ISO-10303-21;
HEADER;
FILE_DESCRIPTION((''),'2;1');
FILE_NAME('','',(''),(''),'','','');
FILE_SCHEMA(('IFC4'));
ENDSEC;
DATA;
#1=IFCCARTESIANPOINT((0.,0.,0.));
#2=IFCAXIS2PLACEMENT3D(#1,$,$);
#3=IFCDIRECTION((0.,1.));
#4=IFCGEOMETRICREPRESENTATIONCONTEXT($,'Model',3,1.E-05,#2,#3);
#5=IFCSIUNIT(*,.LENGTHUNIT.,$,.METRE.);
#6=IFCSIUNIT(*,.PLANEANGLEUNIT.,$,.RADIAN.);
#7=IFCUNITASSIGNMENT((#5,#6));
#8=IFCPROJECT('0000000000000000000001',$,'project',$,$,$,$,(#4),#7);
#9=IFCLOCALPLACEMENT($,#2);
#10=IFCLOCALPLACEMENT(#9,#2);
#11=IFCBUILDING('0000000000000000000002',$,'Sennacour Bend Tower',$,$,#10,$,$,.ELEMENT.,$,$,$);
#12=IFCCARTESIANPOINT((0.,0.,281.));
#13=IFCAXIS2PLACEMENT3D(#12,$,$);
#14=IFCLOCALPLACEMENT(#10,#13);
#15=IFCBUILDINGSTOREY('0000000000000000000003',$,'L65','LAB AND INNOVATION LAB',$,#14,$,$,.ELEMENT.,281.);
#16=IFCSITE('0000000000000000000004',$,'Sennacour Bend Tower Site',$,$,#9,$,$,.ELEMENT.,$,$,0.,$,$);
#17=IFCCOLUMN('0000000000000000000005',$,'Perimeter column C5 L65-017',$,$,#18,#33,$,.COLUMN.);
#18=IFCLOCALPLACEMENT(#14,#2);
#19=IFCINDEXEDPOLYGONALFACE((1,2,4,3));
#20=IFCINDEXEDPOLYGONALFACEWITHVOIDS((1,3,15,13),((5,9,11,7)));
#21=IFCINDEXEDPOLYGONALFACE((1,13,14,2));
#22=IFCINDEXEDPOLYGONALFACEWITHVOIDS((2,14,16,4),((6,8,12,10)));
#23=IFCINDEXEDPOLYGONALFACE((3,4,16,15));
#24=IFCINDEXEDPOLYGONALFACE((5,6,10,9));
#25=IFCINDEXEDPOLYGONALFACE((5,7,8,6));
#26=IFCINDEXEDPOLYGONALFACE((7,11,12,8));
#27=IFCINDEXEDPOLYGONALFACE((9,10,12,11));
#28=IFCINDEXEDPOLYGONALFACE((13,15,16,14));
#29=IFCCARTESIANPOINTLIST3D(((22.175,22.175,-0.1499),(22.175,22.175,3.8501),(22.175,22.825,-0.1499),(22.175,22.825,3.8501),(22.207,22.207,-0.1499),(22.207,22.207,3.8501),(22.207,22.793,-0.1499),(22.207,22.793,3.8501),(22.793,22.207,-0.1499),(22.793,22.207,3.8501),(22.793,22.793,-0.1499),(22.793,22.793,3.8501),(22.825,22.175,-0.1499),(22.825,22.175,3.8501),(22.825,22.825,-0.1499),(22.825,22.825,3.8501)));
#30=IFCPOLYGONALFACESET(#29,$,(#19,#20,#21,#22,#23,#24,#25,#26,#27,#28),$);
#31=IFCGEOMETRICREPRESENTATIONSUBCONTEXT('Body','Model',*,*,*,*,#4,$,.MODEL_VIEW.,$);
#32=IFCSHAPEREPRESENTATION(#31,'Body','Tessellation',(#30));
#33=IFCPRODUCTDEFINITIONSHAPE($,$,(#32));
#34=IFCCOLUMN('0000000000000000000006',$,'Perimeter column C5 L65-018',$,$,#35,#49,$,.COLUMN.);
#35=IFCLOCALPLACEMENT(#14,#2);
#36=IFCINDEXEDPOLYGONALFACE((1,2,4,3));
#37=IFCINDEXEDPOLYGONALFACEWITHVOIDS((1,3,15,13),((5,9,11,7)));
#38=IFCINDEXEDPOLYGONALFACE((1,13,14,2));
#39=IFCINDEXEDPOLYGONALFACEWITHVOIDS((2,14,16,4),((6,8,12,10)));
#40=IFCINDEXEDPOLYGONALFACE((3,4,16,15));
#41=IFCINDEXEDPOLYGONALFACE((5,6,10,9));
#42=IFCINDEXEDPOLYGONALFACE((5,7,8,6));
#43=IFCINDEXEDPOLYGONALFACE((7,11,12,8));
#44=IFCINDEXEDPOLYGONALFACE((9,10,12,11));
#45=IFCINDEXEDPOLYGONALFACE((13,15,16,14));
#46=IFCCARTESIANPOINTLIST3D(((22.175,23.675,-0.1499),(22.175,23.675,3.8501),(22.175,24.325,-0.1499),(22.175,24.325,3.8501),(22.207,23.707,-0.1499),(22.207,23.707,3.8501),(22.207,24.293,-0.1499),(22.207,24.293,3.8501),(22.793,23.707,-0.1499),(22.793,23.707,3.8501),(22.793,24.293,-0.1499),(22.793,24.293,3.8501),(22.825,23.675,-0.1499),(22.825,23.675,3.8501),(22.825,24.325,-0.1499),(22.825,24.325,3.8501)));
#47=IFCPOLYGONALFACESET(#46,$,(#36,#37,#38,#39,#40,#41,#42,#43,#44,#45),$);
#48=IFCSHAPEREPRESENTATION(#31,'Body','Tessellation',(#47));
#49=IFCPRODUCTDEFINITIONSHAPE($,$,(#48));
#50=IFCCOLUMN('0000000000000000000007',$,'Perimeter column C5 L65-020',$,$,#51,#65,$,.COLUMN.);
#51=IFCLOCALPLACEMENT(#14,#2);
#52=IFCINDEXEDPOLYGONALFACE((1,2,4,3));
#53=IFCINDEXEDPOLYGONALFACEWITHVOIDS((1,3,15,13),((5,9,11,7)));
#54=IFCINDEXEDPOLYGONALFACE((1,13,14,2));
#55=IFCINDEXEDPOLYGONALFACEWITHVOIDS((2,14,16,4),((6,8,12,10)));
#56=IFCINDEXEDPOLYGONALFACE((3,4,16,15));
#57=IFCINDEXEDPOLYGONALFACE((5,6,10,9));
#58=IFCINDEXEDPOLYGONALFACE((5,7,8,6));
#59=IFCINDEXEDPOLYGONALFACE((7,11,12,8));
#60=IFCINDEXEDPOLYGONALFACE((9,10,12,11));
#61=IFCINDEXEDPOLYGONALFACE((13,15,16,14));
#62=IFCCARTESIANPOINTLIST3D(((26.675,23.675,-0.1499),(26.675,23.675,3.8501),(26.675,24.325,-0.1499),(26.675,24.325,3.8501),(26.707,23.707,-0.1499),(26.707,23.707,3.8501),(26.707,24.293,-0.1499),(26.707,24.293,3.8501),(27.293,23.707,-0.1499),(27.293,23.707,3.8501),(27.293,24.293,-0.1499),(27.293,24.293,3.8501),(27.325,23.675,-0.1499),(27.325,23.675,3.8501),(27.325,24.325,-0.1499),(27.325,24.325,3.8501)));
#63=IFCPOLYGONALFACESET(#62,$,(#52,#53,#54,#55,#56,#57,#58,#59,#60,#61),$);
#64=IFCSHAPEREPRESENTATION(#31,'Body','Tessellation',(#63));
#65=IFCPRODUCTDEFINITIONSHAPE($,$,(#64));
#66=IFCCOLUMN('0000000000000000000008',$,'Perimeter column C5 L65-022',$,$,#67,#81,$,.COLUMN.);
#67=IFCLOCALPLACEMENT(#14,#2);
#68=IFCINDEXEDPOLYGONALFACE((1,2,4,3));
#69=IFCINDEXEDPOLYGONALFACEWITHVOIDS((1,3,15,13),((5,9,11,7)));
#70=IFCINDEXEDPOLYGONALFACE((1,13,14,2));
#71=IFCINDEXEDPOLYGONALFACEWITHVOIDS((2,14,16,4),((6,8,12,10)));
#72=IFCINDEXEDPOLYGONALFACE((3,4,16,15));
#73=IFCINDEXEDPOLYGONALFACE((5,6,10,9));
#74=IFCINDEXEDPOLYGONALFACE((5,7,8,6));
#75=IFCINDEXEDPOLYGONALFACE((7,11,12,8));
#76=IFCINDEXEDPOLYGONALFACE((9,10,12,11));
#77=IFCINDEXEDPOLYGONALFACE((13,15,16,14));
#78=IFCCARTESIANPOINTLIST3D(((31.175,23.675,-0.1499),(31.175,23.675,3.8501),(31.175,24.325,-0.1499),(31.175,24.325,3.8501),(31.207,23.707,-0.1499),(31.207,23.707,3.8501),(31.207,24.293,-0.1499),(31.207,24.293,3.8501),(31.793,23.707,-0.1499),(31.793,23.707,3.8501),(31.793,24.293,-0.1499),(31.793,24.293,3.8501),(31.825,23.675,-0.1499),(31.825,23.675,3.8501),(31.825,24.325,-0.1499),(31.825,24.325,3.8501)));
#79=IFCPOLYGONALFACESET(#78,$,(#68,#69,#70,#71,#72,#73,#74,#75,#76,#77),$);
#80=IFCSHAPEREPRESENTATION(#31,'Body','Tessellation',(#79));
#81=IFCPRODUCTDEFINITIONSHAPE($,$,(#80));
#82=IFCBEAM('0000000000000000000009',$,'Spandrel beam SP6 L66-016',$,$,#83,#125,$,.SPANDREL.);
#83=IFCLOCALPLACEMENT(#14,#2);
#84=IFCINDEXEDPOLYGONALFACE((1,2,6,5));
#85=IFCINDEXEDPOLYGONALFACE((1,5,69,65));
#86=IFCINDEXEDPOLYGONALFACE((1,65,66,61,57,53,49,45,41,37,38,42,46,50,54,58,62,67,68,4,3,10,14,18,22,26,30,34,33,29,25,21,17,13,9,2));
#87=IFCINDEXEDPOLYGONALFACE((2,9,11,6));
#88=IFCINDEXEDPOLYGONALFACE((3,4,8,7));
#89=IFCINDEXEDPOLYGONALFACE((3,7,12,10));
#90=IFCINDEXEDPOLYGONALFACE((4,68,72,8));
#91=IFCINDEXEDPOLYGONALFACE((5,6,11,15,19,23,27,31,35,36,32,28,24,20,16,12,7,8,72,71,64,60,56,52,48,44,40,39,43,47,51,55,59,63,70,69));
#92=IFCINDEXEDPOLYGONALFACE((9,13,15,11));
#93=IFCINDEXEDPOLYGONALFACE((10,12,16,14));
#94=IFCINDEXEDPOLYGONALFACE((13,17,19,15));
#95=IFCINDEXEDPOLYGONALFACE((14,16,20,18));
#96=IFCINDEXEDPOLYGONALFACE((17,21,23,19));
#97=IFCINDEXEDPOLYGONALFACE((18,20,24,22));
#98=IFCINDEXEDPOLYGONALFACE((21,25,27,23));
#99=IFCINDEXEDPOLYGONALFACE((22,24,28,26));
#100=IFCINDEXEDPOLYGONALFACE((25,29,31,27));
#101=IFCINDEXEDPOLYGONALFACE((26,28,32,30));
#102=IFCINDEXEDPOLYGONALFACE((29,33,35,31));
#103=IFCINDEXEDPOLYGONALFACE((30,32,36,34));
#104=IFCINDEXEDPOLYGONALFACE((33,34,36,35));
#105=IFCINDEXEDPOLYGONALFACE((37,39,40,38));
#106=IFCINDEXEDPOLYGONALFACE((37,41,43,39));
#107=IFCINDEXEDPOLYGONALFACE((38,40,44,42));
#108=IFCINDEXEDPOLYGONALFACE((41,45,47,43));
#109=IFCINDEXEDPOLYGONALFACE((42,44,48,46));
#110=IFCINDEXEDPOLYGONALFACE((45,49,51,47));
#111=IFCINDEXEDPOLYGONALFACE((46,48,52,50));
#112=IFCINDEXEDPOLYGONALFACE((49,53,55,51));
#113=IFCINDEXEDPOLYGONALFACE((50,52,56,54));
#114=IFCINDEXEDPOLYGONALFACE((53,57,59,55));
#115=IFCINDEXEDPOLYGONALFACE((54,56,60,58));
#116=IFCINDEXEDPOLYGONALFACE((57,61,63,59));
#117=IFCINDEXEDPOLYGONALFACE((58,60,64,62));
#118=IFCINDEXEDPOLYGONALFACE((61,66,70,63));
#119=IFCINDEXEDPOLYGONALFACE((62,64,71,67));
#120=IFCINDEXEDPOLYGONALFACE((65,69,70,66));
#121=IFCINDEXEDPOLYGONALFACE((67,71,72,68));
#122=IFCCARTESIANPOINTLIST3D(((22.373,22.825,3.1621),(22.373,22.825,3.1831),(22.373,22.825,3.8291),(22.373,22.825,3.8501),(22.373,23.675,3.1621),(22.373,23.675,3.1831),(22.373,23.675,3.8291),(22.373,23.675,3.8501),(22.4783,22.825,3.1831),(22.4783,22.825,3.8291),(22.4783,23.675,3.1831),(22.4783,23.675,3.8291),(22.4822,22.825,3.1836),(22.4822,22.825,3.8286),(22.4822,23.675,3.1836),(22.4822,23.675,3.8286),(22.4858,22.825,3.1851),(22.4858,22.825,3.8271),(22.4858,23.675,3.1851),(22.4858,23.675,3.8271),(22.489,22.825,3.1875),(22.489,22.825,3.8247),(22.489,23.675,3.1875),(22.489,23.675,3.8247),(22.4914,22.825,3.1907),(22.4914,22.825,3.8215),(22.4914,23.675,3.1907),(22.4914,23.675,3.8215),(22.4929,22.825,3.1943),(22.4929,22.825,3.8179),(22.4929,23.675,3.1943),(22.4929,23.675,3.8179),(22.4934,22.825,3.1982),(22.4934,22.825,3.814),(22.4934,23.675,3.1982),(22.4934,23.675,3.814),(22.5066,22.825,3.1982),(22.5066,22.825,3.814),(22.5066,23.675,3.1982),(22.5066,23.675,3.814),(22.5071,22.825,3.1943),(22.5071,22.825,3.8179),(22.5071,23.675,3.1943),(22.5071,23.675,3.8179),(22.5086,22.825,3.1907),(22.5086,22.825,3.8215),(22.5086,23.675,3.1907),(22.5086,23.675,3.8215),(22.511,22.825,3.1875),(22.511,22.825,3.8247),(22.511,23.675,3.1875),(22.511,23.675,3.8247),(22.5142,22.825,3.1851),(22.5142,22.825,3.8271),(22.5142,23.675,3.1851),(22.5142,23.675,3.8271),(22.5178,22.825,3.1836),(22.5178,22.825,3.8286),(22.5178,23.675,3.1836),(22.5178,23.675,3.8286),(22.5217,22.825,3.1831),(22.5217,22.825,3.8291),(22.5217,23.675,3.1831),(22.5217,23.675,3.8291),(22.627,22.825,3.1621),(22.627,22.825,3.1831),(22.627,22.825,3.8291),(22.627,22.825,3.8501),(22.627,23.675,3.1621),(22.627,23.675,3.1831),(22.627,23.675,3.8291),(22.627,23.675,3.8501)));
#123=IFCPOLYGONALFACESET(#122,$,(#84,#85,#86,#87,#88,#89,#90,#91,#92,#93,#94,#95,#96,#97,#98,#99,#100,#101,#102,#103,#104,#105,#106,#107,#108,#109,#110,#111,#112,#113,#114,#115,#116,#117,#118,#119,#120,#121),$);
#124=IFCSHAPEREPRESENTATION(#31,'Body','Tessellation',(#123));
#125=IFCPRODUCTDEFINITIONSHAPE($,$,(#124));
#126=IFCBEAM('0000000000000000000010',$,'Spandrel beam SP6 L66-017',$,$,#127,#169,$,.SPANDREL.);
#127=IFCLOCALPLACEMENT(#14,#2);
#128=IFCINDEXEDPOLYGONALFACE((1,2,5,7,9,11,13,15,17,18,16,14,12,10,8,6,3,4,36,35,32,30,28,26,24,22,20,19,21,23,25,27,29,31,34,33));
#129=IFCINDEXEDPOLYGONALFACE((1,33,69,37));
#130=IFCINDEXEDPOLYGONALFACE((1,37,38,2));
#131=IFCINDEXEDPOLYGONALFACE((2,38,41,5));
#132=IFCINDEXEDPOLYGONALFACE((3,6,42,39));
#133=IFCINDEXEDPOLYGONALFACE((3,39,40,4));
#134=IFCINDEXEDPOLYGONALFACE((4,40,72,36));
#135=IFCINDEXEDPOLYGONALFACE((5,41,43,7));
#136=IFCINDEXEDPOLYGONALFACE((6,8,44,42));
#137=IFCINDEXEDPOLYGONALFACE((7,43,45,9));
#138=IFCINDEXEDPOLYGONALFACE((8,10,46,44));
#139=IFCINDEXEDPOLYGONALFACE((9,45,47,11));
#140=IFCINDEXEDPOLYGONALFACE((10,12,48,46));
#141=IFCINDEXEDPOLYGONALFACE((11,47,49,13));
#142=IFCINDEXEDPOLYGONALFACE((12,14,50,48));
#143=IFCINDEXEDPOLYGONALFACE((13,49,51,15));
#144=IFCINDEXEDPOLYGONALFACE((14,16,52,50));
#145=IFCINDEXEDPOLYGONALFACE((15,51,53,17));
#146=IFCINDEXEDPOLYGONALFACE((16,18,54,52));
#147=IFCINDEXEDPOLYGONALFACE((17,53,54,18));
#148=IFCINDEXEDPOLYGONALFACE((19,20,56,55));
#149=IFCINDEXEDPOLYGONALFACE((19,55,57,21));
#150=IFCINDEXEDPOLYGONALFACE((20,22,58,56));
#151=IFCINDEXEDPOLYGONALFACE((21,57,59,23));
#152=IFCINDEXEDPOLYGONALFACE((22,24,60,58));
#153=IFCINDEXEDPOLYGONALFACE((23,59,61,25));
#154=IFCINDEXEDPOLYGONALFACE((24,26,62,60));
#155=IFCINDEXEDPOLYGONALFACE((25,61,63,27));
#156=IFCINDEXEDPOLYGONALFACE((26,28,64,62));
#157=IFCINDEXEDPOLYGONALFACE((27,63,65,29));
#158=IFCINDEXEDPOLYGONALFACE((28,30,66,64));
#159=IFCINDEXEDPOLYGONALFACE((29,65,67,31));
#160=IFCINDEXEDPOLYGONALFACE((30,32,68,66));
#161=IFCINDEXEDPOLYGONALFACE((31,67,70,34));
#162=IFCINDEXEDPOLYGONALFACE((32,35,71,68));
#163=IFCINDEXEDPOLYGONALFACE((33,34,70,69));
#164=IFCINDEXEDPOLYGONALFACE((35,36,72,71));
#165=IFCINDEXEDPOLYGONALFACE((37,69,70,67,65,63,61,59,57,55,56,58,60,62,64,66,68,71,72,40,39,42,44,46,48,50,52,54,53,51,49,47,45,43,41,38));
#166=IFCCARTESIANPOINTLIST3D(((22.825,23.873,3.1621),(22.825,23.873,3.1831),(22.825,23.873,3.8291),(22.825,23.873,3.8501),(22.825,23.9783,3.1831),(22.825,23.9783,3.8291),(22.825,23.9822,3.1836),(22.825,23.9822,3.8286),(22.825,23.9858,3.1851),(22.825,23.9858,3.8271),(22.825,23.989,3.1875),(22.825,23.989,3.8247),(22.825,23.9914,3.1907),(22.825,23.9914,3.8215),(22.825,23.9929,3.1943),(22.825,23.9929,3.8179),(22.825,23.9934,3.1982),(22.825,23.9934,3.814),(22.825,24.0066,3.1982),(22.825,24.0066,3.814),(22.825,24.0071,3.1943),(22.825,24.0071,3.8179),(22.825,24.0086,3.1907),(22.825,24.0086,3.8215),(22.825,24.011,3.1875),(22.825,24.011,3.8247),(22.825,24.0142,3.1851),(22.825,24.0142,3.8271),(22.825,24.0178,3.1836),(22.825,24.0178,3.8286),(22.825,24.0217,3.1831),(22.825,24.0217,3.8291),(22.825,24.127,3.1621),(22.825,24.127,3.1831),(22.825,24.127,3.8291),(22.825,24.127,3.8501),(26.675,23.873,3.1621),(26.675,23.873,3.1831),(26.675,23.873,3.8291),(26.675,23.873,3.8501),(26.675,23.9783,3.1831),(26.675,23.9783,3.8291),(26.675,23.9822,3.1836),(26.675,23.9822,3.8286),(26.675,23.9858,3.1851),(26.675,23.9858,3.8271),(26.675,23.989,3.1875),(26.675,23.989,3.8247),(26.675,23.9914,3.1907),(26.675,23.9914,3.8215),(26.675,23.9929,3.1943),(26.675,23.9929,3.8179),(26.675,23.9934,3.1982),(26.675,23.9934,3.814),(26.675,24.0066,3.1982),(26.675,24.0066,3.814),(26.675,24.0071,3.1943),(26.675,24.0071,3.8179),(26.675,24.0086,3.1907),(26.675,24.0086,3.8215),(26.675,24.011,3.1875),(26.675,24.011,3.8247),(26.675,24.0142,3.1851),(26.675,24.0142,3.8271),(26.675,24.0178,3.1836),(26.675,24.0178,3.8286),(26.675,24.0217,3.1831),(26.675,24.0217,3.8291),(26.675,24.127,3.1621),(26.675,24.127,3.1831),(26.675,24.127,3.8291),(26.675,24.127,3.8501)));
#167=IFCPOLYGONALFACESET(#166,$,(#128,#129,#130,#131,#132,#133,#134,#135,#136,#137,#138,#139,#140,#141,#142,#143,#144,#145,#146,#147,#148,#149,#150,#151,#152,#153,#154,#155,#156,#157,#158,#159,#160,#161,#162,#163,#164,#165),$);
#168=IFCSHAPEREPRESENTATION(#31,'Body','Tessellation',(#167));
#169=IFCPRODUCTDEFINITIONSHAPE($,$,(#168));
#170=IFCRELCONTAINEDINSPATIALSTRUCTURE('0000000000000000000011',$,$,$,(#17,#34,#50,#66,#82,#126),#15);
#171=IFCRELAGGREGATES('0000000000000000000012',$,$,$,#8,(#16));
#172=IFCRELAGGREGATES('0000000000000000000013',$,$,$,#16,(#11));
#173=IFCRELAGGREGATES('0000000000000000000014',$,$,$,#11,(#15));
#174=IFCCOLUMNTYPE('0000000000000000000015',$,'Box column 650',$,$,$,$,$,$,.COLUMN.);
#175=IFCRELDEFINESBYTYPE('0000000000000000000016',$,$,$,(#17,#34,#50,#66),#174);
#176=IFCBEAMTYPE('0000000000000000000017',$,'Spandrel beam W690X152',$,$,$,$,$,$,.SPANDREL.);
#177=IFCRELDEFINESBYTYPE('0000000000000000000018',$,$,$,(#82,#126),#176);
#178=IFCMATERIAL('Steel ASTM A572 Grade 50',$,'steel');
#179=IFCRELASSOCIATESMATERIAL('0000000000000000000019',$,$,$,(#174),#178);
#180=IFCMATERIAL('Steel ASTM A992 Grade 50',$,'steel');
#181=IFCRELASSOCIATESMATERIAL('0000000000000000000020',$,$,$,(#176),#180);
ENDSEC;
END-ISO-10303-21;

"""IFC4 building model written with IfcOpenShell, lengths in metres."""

from ifc_helpers import new_model, si_unit, direction, frame, origin, origin_2d, place, context, subcontext, project, spatial, hollow_rectangle, i_section, extrude, material, material_profile, profile_set, type_object, element, save


model = new_model("IFC4")

# Units and contexts
model_context = context("Model", 3, precision=1e-05, world=origin(), true_north=direction((0.0, 1.0)))
body_context = subcontext(model_context, "Body", "Model", "MODEL_VIEW")
ifc_project = project(units=[si_unit("LENGTHUNIT", "METRE"), si_unit("PLANEANGLEUNIT", "RADIAN")], contexts=[model_context])

# Site, building, storey
site_placement = place(None, origin())
site = spatial("IfcSite", under=ifc_project, at=site_placement, Name="Sennacour Bend Tower Site", CompositionType="ELEMENT", RefElevation=0.0)
building_placement = place(site_placement, origin())
building = spatial("IfcBuilding", under=site, at=building_placement, Name="Sennacour Bend Tower", CompositionType="ELEMENT")
storey_placement = place(building_placement, frame((0.0, 0.0, 281.0)))
storey = spatial("IfcBuildingStorey", under=building, at=storey_placement, Name="L65", Description="LAB AND INNOVATION LAB", CompositionType="ELEMENT", Elevation=281.0)

# Columns
ifc_material_1 = material(Name="Steel ASTM A572 Grade 50", Category="steel")
ifc_material_profile_1 = material_profile(ifc_material_1, hollow_rectangle(XDim=0.6499, YDim=0.6499, WallThickness=0.032, at=origin_2d()), Name="Steel ASTM A572 Grade 50", Category="steel")
ifc_profile_set_1 = profile_set([ifc_material_profile_1], Name="Steel ASTM A572 Grade 50")
column_type = type_object("IfcColumnType", Name="Box column 650", PredefinedType="COLUMN", material=ifc_profile_set_1)
for number, where, z_axis, x_axis, name in (
    (1, (22.5, 22.5, -0.1499), (0.0, 0.0, 1.0), (1.0, 0.0, 0.0), "Perimeter column C5 L65-017"),
    (2, (22.5, 24.0, -0.1499), (0.0, 0.0, 1.0), (1.0, 0.0, 0.0), "Perimeter column C5 L65-018"),
    (3, (27.0, 24.0, -0.1499), (0.0, 0.0, 1.0), (1.0, 0.0, 0.0), "Perimeter column C5 L65-020"),
    (4, (31.5, 24.0, -0.1499), (0.0, 0.0, 1.0), (1.0, 0.0, 0.0), "Perimeter column C5 L65-022"),
):
    element("IfcColumn", number, at=place(storey_placement, frame(where, z_axis=z_axis, x_axis=x_axis)), inside=storey, type_object=column_type, Name=name, PredefinedType="COLUMN", context=body_context, shape_type="SweptSolid", body=[
        extrude(hollow_rectangle(XDim=0.6499, YDim=0.6499, WallThickness=0.032, at=origin_2d()), origin(), (0.0, 0.0, 1.0), 4.0),
    ])

# Beams
ifc_material_2 = material(Name="Steel ASTM A992 Grade 50", Category="steel")
ifc_material_profile_2 = material_profile(ifc_material_2, i_section(OverallWidth=0.2539, OverallDepth=0.688, WebThickness=0.0132, FlangeThickness=0.021, FilletRadius=0.0151, at=origin_2d()), Name="Steel ASTM A992 Grade 50", Category="steel")
ifc_profile_set_2 = profile_set([ifc_material_profile_2], Name="Steel ASTM A992 Grade 50")
beam_type = type_object("IfcBeamType", Name="Spandrel beam W690X152", PredefinedType="SPANDREL", material=ifc_profile_set_2)
beam_placement = place(storey_placement, frame((22.5, 22.825, 3.5061), z_axis=(0.0, 1.0, 0.0), x_axis=(-1.0, 0.0, 0.0)))
element("IfcBeam", 5, at=beam_placement, inside=storey, type_object=beam_type, Name="Spandrel beam SP6 L66-016", PredefinedType="SPANDREL", context=body_context, shape_type="SweptSolid", body=[
    extrude(i_section(OverallWidth=0.2539, OverallDepth=0.688, WebThickness=0.0132, FlangeThickness=0.021, FilletRadius=0.0151, at=origin_2d()), origin(), (0.0, 0.0, 1.0), 0.8501),
])
for number, where, z_axis, x_axis, name in (
    (6, (22.825, 24.0, 3.5061), (1.0, 0.0, 0.0), (0.0, 1.0, 0.0), "Spandrel beam SP6 L66-017"),
):
    element("IfcBeam", number, at=place(storey_placement, frame(where, z_axis=z_axis, x_axis=x_axis)), inside=storey, type_object=beam_type, Name=name, PredefinedType="SPANDREL", context=body_context, shape_type="SweptSolid", body=[
        extrude(i_section(OverallWidth=0.2539, OverallDepth=0.688, WebThickness=0.0132, FlangeThickness=0.021, FilletRadius=0.0151, at=origin_2d()), origin(), (0.0, 0.0, 1.0), 3.8501),
    ])

save(model, "model.ifc")
